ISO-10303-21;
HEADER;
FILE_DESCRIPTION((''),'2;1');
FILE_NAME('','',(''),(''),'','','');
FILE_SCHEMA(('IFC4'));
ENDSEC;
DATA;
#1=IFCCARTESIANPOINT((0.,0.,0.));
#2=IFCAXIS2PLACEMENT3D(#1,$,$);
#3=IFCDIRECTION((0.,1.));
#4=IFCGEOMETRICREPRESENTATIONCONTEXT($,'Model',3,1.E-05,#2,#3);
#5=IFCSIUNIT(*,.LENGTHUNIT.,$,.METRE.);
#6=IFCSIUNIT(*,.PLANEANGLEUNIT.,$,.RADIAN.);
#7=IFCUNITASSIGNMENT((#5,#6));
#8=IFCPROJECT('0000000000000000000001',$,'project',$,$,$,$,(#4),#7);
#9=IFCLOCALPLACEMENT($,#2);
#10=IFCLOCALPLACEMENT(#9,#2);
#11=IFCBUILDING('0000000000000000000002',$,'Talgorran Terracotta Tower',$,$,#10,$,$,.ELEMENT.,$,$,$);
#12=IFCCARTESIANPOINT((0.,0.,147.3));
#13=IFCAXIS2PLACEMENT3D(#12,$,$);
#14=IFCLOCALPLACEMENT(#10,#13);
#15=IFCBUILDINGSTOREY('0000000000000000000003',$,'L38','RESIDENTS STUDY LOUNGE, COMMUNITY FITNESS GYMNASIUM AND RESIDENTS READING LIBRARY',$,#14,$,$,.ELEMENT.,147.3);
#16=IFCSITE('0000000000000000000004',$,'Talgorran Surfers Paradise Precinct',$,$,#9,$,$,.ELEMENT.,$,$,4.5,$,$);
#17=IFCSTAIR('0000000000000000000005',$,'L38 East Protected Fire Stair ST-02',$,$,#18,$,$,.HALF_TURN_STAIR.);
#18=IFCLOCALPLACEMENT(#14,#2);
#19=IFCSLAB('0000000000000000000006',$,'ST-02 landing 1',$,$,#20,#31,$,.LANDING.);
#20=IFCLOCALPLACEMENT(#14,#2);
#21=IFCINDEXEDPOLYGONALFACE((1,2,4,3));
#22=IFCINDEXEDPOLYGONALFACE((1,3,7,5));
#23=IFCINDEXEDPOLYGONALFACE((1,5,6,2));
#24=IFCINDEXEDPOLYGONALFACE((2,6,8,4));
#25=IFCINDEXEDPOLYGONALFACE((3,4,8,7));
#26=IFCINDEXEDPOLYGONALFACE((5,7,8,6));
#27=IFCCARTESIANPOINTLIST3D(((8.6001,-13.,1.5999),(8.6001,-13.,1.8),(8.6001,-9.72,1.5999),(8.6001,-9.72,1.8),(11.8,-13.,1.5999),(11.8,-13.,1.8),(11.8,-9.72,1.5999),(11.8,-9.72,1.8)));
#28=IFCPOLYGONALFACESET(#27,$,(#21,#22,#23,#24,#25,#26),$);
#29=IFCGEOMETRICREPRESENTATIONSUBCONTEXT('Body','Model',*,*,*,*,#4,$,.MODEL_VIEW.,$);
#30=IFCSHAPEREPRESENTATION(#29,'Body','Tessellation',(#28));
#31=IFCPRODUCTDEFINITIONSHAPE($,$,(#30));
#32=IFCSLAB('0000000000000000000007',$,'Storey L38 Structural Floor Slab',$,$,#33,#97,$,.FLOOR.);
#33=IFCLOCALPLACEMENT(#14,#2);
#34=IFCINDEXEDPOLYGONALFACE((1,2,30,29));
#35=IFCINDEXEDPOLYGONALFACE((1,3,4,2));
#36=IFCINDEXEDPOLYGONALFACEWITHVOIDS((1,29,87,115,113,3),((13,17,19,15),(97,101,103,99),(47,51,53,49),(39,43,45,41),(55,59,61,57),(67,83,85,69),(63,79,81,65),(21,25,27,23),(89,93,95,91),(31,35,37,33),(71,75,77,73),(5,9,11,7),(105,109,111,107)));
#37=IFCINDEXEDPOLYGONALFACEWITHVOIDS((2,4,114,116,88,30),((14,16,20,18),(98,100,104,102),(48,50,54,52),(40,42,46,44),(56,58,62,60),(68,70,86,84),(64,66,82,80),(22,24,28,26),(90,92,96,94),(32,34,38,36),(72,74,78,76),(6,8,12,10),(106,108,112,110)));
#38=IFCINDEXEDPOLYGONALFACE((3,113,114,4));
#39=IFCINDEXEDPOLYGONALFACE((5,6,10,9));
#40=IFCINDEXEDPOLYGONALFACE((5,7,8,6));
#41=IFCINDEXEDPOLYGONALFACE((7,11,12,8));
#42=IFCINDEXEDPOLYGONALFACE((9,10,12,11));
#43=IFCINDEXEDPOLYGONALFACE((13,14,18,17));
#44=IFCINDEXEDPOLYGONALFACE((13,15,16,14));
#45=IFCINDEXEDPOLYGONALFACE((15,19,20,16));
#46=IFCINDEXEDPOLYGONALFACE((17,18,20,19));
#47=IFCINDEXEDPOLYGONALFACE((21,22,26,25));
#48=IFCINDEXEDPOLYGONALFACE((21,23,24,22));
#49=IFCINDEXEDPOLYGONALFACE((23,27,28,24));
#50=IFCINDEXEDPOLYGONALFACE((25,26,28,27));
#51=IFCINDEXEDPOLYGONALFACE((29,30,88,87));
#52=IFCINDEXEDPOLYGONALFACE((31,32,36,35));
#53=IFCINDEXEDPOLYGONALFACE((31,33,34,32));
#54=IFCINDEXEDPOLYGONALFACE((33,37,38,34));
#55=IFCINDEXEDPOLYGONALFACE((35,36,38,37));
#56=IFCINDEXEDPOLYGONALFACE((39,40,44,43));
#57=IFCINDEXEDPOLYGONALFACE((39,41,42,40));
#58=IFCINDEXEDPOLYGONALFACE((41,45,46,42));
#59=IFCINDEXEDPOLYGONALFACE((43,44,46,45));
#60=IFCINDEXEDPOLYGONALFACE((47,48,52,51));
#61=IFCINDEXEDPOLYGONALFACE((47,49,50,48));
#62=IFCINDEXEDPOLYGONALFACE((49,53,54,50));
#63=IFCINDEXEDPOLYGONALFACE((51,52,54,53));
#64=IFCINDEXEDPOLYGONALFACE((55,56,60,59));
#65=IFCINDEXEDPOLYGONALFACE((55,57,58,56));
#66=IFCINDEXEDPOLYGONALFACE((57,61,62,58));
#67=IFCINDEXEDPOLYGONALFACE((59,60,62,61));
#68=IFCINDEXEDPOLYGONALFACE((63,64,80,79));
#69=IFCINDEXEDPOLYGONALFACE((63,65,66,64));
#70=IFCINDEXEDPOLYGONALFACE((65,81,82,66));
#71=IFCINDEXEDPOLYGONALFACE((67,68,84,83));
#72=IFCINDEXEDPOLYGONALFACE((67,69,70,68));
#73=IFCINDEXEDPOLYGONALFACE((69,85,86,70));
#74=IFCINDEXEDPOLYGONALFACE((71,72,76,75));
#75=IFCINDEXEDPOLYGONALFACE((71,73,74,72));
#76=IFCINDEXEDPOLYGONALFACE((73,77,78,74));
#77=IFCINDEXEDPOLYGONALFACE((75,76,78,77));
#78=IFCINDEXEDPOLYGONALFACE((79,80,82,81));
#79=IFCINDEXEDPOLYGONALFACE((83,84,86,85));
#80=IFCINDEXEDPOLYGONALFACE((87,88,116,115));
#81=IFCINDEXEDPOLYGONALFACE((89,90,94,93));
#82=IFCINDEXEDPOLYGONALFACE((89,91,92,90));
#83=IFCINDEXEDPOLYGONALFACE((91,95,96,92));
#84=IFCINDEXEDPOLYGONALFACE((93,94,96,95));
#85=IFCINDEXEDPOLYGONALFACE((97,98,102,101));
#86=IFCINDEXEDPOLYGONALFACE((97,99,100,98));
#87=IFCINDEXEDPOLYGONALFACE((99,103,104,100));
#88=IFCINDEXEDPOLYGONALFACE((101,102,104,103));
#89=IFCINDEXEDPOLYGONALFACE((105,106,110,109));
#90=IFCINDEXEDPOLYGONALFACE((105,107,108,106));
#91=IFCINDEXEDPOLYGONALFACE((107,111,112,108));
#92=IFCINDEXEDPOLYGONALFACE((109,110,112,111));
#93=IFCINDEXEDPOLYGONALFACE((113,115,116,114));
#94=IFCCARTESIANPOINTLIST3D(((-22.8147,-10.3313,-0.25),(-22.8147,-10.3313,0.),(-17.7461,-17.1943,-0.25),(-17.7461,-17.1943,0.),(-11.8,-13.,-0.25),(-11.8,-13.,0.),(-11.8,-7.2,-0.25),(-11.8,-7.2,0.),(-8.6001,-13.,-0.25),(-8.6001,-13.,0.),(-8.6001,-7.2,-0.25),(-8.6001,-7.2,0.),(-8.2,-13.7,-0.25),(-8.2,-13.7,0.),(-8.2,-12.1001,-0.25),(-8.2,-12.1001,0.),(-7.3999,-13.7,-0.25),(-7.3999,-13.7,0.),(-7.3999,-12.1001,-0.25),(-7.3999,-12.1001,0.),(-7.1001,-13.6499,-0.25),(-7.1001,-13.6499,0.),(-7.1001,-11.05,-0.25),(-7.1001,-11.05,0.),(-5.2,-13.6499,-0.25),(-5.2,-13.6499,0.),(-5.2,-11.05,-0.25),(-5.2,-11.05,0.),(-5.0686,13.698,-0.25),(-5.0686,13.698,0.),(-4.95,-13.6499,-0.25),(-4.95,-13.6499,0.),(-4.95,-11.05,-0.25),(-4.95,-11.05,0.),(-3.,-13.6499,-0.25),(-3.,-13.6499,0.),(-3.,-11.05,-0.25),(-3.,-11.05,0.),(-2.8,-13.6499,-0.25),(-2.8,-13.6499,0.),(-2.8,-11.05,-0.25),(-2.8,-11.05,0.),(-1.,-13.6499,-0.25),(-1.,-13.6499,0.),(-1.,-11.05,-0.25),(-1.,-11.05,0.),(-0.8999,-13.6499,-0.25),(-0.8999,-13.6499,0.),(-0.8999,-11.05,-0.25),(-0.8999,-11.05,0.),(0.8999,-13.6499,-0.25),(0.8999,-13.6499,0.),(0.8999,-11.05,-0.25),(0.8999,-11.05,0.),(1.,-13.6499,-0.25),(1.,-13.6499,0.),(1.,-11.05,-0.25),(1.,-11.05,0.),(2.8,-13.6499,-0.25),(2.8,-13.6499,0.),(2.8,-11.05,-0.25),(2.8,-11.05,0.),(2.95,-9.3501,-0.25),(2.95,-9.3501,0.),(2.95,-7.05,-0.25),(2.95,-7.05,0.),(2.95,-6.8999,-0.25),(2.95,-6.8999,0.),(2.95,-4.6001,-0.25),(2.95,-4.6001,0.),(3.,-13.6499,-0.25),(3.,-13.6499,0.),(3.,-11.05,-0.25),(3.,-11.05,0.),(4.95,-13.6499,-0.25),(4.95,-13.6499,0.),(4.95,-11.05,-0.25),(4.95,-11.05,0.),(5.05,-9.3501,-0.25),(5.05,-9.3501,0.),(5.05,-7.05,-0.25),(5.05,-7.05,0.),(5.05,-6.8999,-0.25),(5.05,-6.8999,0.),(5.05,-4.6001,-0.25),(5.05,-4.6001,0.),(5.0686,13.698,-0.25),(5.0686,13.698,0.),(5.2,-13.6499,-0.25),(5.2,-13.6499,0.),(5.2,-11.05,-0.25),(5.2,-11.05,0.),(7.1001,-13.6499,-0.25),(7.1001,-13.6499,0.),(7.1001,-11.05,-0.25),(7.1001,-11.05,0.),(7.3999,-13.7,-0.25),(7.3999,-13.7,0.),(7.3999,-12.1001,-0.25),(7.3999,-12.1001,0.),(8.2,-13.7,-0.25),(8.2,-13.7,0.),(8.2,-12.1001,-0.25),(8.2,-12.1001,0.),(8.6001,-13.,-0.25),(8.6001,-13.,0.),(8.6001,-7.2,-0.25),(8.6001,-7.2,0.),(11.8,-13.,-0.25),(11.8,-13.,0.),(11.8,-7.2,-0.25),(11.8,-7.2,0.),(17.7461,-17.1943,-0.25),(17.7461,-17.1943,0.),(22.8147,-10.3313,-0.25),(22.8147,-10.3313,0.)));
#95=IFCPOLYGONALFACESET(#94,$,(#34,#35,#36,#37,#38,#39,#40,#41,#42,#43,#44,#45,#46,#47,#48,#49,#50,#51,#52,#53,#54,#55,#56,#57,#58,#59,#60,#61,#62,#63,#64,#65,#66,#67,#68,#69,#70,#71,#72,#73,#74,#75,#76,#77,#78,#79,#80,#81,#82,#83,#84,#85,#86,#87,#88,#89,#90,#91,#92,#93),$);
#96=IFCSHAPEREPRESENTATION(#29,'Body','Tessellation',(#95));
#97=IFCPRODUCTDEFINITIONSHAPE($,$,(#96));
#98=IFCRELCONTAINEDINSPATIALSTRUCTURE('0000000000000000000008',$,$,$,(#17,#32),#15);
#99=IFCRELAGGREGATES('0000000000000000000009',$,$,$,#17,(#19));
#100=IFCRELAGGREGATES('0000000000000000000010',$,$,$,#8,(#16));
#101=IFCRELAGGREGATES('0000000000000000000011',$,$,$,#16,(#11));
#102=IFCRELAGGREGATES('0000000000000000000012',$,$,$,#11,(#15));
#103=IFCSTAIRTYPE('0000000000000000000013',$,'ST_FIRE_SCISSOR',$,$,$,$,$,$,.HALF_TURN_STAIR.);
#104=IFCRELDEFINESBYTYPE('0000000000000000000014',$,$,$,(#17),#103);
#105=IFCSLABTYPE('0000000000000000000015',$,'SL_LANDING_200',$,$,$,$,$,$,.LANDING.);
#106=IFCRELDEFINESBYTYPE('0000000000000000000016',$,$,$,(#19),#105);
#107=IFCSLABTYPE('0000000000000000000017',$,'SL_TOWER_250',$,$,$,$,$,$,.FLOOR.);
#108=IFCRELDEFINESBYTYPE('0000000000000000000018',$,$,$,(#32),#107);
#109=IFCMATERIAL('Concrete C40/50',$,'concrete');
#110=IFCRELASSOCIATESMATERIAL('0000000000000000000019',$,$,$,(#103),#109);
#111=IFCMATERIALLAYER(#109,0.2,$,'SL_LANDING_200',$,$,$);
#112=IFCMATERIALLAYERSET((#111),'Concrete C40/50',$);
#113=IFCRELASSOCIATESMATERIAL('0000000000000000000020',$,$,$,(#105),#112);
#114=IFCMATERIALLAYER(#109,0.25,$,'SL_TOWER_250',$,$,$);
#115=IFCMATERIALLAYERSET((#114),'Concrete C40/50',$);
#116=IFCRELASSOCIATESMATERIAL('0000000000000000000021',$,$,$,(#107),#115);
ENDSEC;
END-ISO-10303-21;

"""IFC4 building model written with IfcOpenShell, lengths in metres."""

from ifc_helpers import new_model, si_unit, direction, frame, origin, place, context, subcontext, project, spatial, polyline, outline, extrude, material, layer, layer_set, type_object, element, aggregate, save


model = new_model("IFC4")

# Units and contexts
model_context = context("Model", 3, precision=1e-05, world=origin(), true_north=direction((0.0, 1.0)))
body_context = subcontext(model_context, "Body", "Model", "MODEL_VIEW")
ifc_project = project(units=[si_unit("LENGTHUNIT", "METRE"), si_unit("PLANEANGLEUNIT", "RADIAN")], contexts=[model_context])

# Site, building, storey
site_placement = place(None, origin())
site = spatial("IfcSite", under=ifc_project, at=site_placement, Name="Talgorran Surfers Paradise Precinct", CompositionType="ELEMENT", RefElevation=4.5)
building_placement = place(site_placement, origin())
building = spatial("IfcBuilding", under=site, at=building_placement, Name="Talgorran Terracotta Tower", CompositionType="ELEMENT")
storey_placement = place(building_placement, frame((0.0, 0.0, 147.3)))
storey = spatial("IfcBuildingStorey", under=building, at=storey_placement, Name="L38", Description="RESIDENTS STUDY LOUNGE, COMMUNITY FITNESS GYMNASIUM AND RESIDENTS READING LIBRARY", CompositionType="ELEMENT", Elevation=147.3)

# Shared definitions
ifc_material_1 = material(Name="Concrete C40/50", Category="concrete")

# Stair, slab
stair_type = type_object("IfcStairType", Name="ST_FIRE_SCISSOR", PredefinedType="HALF_TURN_STAIR", material=ifc_material_1)
ifc_layer_1 = layer(ifc_material_1, 0.2, Name="SL_LANDING_200")
ifc_layer_set_1 = layer_set([ifc_layer_1], Name="Concrete C40/50")
slab_type_1 = type_object("IfcSlabType", Name="SL_LANDING_200", PredefinedType="LANDING", material=ifc_layer_set_1)
stair_1_placement = place(storey_placement, origin())
stair_1 = element("IfcStair", 1, at=stair_1_placement, inside=storey, type_object=stair_type, Name="L38 East Protected Fire Stair ST-02", PredefinedType="HALF_TURN_STAIR")
slab_1_placement = place(storey_placement, frame((0.0, 0.0, 1.5999)))
slab_1 = element("IfcSlab", 2, at=slab_1_placement, type_object=slab_type_1, Name="ST-02 landing 1", PredefinedType="LANDING", context=body_context, shape_type="SweptSolid", body=[
    extrude(outline(polyline([(8.6001, -9.72), (8.6001, -13.0), (11.8, -13.0), (11.8, -9.72), (8.6001, -9.72)])), origin(), (0.0, 0.0, 1.0), 0.2002),
])
aggregate(stair_1, [slab_1])

# Slab
ifc_layer_2 = layer(ifc_material_1, 0.25, Name="SL_TOWER_250")
ifc_layer_set_2 = layer_set([ifc_layer_2], Name="Concrete C40/50")
slab_type_2 = type_object("IfcSlabType", Name="SL_TOWER_250", PredefinedType="FLOOR", material=ifc_layer_set_2)
slab_2_placement = place(storey_placement, frame((0.0, 0.0, -0.25)))
element("IfcSlab", 3, at=slab_2_placement, inside=storey, type_object=slab_type_2, Name="Storey L38 Structural Floor Slab", PredefinedType="FLOOR", context=body_context, shape_type="SweptSolid", body=[
    extrude(outline(polyline([(-22.8147, -10.3313), (-17.7461, -17.1943), (17.7461, -17.1943), (22.8147, -10.3313), (5.0686, 13.698), (-5.0686, 13.698), (-22.8147, -10.3313)]), holes=[polyline([(-11.8, -7.2), (-11.8, -13.0), (-8.6001, -13.0), (-8.6001, -7.2), (-11.8, -7.2)]), polyline([(8.6001, -7.2), (8.6001, -13.0), (11.8, -13.0), (11.8, -7.2), (8.6001, -7.2)]), polyline([(-7.1001, -13.6499), (-5.2, -13.6499), (-5.2, -11.05), (-7.1001, -11.05), (-7.1001, -13.6499)]), polyline([(5.2, -13.6499), (7.1001, -13.6499), (7.1001, -11.05), (5.2, -11.05), (5.2, -13.6499)]), polyline([(3.0, -13.6499), (4.95, -13.6499), (4.95, -11.05), (3.0, -11.05), (3.0, -13.6499)]), polyline([(-4.95, -13.6499), (-3.0, -13.6499), (-3.0, -11.05), (-4.95, -11.05), (-4.95, -13.6499)]), polyline([(2.95, -9.3501), (5.05, -9.3501), (5.05, -7.05), (2.95, -7.05), (2.95, -9.3501)]), polyline([(2.95, -6.8999), (5.05, -6.8999), (5.05, -4.6001), (2.95, -4.6001), (2.95, -6.8999)]), polyline([(-2.8, -13.6499), (-1.0, -13.6499), (-1.0, -11.05), (-2.8, -11.05), (-2.8, -13.6499)]), polyline([(-0.8999, -13.6499), (0.8999, -13.6499), (0.8999, -11.05), (-0.8999, -11.05), (-0.8999, -13.6499)]), polyline([(1.0, -13.6499), (2.8, -13.6499), (2.8, -11.05), (1.0, -11.05), (1.0, -13.6499)]), polyline([(-8.2, -13.7), (-7.3999, -13.7), (-7.3999, -12.1001), (-8.2, -12.1001), (-8.2, -13.7)]), polyline([(7.3999, -13.7), (8.2, -13.7), (8.2, -12.1001), (7.3999, -12.1001), (7.3999, -13.7)])]), origin(), (0.0, 0.0, 1.0), 0.25),
])

save(model, "model.ifc")
